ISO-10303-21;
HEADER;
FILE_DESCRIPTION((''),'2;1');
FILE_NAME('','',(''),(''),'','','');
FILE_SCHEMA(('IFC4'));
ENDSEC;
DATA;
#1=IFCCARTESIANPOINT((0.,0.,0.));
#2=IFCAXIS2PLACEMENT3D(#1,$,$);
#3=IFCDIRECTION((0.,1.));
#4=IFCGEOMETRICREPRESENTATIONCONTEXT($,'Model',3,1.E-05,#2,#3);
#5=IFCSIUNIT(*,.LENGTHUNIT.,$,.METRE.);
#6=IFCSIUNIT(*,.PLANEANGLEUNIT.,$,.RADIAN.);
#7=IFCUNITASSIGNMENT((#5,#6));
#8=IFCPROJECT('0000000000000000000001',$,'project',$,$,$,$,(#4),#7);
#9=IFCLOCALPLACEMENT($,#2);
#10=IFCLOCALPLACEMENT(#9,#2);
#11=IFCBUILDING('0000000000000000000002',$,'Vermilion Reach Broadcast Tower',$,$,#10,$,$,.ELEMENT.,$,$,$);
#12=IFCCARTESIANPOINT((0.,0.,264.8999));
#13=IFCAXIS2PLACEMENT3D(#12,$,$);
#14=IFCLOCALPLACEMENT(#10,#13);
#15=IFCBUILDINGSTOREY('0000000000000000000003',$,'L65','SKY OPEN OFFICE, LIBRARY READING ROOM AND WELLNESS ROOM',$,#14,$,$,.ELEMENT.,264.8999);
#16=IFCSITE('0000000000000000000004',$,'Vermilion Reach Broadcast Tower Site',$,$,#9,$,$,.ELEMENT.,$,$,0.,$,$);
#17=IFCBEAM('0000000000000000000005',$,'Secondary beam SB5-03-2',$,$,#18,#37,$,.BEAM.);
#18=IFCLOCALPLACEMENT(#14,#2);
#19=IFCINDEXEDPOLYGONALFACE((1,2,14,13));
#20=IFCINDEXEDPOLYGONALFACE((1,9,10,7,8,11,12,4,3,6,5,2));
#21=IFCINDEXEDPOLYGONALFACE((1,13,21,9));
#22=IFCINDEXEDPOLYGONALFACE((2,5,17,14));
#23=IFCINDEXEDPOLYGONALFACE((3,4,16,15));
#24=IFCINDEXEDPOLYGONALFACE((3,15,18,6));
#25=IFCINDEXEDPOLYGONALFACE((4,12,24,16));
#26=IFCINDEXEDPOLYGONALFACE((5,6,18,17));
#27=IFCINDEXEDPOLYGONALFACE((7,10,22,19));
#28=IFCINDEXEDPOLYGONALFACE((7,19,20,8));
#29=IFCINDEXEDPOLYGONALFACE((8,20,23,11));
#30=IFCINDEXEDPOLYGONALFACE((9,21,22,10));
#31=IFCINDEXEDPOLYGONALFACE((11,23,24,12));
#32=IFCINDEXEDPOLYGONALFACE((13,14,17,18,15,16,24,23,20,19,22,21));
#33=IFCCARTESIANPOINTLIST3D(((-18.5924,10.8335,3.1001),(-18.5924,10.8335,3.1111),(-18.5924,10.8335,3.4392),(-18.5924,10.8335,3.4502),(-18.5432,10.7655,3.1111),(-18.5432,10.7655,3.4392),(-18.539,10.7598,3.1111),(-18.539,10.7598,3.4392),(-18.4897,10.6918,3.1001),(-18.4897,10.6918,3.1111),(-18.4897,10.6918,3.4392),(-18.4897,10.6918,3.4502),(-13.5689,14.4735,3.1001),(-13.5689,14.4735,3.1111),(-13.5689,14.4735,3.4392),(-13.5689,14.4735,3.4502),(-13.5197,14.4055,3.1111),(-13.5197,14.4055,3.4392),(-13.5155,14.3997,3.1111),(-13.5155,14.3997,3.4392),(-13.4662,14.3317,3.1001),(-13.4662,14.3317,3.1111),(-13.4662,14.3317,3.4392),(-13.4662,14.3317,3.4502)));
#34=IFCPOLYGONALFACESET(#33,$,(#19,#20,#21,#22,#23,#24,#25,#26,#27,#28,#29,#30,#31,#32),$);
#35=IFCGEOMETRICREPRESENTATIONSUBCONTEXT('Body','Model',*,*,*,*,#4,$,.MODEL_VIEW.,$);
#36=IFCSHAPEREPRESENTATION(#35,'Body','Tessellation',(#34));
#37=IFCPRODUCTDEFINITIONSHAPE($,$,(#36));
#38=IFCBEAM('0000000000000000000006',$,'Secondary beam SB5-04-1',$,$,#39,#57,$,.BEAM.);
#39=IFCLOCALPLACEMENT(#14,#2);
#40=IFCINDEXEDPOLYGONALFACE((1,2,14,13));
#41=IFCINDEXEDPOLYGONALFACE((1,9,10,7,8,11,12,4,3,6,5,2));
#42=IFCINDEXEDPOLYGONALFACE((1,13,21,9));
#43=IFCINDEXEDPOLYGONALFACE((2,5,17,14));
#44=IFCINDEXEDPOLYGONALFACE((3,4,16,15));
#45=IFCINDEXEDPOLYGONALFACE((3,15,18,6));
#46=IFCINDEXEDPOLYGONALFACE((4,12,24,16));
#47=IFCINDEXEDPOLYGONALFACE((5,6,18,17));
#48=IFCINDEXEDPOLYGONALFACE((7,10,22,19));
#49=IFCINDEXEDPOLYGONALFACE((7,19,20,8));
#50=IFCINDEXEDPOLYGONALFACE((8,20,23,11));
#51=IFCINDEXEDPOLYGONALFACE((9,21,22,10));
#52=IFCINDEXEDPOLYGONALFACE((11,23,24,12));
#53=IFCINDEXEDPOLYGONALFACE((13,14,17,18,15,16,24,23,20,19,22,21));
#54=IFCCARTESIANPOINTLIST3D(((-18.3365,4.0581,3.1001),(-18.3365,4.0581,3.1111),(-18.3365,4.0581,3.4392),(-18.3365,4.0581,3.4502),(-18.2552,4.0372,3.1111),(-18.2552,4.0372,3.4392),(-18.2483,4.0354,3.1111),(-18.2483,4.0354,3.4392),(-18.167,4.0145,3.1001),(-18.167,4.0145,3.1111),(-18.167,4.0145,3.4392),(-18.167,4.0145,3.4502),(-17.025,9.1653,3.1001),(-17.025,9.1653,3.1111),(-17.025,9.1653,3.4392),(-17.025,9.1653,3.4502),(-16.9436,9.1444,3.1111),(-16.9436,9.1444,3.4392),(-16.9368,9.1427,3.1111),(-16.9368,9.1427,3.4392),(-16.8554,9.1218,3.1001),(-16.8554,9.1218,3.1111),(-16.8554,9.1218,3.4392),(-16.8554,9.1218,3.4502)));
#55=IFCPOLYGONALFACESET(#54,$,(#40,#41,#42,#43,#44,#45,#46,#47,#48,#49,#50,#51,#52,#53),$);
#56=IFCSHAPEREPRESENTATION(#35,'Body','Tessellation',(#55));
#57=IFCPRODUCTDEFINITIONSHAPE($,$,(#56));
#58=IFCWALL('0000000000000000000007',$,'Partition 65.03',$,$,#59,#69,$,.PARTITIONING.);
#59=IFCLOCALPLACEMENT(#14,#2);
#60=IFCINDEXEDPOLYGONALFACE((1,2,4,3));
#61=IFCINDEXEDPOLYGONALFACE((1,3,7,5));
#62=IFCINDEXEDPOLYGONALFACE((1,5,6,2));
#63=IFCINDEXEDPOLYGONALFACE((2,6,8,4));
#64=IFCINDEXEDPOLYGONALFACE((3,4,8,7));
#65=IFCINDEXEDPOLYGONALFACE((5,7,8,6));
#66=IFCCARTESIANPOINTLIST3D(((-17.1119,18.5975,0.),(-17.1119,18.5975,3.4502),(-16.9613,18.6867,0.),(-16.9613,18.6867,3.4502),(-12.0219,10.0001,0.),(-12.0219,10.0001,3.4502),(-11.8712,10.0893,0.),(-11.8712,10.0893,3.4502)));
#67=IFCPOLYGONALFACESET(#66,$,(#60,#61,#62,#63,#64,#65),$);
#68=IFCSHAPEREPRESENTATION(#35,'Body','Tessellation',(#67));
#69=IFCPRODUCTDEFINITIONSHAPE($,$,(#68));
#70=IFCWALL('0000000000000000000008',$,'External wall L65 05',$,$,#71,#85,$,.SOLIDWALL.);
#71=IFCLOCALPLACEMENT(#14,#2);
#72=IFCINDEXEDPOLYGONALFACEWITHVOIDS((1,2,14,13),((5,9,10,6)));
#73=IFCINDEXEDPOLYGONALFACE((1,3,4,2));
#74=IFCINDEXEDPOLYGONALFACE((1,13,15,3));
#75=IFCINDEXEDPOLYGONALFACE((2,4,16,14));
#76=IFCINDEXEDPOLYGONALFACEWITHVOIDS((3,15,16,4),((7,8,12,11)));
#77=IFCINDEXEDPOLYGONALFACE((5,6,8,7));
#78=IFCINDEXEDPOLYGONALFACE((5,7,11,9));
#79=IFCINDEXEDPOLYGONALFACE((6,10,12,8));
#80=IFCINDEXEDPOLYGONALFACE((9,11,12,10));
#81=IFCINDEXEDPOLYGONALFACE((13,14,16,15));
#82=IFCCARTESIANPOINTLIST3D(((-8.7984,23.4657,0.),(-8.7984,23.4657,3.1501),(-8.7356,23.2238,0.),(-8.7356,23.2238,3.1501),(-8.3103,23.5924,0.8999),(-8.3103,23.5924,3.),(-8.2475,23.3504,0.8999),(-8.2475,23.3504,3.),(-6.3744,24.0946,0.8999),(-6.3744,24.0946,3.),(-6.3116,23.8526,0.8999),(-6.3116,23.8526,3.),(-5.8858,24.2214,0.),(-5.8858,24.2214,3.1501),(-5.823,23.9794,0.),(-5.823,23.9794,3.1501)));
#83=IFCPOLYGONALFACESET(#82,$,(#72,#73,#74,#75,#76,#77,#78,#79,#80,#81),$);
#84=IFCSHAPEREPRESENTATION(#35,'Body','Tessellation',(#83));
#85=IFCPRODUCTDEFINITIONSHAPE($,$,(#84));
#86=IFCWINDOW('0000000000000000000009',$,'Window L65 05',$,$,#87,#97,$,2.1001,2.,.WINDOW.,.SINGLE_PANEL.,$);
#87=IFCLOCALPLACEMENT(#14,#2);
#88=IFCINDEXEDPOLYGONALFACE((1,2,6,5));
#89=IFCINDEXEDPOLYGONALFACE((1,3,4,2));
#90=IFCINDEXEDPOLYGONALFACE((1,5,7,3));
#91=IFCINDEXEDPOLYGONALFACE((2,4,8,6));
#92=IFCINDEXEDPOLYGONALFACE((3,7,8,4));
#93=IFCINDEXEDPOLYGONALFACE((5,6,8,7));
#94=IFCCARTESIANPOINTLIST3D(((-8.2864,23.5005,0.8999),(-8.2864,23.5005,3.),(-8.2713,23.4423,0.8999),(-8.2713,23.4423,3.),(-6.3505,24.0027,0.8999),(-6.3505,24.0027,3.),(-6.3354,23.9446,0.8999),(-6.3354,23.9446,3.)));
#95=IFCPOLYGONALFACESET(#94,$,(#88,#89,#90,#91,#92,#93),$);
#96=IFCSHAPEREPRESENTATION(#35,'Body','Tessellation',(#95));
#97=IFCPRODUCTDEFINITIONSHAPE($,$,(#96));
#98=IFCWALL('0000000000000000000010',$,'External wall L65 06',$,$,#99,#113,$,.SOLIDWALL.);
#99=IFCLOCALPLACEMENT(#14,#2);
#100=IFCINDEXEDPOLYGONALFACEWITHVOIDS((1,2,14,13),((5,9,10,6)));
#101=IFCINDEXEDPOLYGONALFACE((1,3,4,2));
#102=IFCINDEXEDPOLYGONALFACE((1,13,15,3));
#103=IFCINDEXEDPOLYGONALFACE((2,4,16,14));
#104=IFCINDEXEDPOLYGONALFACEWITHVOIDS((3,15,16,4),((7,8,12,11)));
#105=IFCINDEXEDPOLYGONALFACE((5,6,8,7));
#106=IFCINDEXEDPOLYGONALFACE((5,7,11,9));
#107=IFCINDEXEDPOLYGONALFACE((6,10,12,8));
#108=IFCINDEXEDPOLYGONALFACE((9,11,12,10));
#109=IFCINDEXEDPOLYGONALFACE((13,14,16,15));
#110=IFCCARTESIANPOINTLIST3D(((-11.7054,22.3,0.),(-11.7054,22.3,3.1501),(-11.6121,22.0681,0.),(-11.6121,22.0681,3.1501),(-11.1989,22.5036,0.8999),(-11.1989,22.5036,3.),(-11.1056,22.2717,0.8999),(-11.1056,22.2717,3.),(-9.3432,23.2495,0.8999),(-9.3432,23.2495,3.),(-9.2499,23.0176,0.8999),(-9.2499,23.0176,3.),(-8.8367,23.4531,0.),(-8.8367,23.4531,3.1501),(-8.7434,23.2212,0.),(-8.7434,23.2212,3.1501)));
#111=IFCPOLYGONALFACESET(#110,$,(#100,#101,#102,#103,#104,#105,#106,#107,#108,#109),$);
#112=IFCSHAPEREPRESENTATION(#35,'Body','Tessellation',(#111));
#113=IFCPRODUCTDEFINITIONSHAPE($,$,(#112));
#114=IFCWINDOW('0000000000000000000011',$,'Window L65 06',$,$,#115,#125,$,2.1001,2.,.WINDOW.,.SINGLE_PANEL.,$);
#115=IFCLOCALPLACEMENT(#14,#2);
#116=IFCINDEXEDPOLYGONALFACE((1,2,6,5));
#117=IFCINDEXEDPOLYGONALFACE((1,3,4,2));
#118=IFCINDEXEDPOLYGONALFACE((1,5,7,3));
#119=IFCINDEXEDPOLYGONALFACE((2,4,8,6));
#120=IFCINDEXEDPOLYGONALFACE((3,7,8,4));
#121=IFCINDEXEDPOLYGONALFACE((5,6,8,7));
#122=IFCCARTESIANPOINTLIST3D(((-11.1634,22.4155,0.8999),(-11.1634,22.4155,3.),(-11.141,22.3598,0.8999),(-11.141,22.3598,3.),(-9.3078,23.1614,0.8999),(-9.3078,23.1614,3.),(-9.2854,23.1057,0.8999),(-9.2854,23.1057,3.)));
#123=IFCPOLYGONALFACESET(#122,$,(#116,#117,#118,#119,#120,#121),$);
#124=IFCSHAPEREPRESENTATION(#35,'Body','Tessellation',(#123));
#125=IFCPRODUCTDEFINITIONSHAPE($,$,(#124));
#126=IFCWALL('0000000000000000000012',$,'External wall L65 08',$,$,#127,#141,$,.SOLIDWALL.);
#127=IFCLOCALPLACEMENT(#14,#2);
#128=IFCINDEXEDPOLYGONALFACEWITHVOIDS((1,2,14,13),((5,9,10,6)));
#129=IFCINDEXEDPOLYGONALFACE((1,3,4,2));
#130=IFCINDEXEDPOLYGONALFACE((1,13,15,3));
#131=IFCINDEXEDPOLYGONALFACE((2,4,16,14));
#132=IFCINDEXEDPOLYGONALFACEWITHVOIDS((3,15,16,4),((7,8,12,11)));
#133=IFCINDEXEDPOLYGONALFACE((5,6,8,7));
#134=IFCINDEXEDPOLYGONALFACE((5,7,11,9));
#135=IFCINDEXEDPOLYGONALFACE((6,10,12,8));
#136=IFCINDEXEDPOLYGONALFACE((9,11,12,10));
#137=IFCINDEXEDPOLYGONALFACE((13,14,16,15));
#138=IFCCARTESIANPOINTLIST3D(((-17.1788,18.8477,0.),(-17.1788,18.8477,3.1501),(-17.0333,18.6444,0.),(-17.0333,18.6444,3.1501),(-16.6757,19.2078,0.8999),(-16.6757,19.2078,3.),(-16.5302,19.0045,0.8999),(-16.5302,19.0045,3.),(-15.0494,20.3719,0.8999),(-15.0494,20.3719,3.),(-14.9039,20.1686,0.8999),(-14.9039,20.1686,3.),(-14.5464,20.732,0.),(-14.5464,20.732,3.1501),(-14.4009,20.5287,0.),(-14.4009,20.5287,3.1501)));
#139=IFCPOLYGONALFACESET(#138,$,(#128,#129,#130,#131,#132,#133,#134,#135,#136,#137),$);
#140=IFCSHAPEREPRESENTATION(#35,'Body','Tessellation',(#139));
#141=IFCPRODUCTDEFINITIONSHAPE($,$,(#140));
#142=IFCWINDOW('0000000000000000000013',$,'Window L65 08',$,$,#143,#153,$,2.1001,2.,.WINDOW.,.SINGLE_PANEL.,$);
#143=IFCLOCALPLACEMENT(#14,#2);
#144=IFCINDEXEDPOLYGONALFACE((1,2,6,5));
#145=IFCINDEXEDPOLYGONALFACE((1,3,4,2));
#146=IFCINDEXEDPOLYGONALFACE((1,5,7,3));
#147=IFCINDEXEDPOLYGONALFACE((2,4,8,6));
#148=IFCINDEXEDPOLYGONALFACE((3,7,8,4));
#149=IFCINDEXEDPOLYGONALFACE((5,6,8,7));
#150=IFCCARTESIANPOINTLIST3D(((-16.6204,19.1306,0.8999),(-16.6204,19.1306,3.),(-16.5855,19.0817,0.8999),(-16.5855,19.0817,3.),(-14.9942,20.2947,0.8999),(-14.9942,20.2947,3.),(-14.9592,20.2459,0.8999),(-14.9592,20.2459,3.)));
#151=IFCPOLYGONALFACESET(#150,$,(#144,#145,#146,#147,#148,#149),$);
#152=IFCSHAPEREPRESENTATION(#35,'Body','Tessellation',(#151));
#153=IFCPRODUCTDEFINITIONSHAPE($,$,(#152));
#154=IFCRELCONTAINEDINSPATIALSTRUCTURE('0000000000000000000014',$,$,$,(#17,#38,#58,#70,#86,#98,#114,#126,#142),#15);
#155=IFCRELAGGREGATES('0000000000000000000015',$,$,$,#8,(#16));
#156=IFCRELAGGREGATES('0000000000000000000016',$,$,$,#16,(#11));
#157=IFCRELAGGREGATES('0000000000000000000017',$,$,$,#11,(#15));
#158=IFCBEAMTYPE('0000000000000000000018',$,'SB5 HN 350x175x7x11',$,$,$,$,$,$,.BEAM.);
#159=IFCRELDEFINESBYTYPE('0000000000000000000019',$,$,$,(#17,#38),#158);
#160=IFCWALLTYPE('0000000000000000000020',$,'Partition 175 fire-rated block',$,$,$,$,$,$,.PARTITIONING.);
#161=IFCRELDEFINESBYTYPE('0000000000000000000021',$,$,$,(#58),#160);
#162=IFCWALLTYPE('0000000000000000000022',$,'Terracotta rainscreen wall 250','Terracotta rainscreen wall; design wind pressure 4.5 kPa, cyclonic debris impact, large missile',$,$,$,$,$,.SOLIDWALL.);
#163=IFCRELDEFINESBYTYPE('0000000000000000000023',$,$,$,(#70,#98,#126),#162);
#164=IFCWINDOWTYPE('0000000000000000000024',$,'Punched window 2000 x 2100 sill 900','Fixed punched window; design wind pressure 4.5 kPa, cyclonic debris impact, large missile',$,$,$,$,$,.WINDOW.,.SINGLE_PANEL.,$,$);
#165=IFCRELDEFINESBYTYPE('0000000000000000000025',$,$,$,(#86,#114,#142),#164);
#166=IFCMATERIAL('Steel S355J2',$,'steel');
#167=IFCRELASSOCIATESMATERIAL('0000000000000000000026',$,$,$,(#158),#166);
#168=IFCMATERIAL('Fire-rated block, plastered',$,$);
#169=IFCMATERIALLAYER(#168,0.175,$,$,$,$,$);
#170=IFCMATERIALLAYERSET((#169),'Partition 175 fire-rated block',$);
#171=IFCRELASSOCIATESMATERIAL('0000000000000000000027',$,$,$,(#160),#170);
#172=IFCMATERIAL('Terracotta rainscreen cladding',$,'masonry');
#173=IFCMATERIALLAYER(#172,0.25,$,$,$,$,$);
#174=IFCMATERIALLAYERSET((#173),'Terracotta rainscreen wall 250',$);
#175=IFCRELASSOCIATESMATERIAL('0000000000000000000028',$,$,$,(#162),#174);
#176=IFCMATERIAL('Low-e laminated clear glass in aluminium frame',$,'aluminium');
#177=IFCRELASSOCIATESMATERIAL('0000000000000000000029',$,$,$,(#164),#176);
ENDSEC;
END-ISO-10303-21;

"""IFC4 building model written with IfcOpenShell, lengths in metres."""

from ifc_helpers import new_model, si_unit, direction, frame, frame_2d, origin, origin_2d, place, context, subcontext, project, spatial, rectangle, i_section, extrude, material, layer, layer_set, material_profile, profile_set, type_object, element, fill, save


model = new_model("IFC4")

# Units and contexts
model_context = context("Model", 3, precision=1e-05, world=origin(), true_north=direction((0.0, 1.0)))
body_context = subcontext(model_context, "Body", "Model", "MODEL_VIEW")
ifc_project = project(units=[si_unit("LENGTHUNIT", "METRE"), si_unit("PLANEANGLEUNIT", "RADIAN")], contexts=[model_context])

# Site, building, storey
site_placement = place(None, origin())
site = spatial("IfcSite", under=ifc_project, at=site_placement, Name="Vermilion Reach Broadcast Tower Site", CompositionType="ELEMENT", RefElevation=0.0)
building_placement = place(site_placement, origin())
building = spatial("IfcBuilding", under=site, at=building_placement, Name="Vermilion Reach Broadcast Tower", CompositionType="ELEMENT")
storey_placement = place(building_placement, frame((0.0, 0.0, 264.8999)))
storey = spatial("IfcBuildingStorey", under=building, at=storey_placement, Name="L65", Description="SKY OPEN OFFICE, LIBRARY READING ROOM AND WELLNESS ROOM", CompositionType="ELEMENT", Elevation=264.8999)

# Beams
ifc_material_1 = material(Name="Steel S355J2", Category="steel")
ifc_material_profile_1 = material_profile(ifc_material_1, i_section(OverallWidth=0.175, OverallDepth=0.3501, WebThickness=0.0071, FlangeThickness=0.011, at=origin_2d()), Name="S355J2 HN 350x175x7x11")
ifc_profile_set_1 = profile_set([ifc_material_profile_1], Name="Steel S355J2")
beam_type_1 = type_object("IfcBeamType", Name="SB5 HN 350x175x7x11", PredefinedType="BEAM", material=ifc_profile_set_1)
beam_1_placement = place(storey_placement, frame((-13.5176, 14.4026, 3.2751), z_axis=(-0.809771, -0.586746, 0.0), x_axis=(0.586746, -0.809771, 0.0)))
element("IfcBeam", 1, at=beam_1_placement, inside=storey, type_object=beam_type_1, Name="Secondary beam SB5-03-2", PredefinedType="BEAM", context=body_context, shape_type="SweptSolid", body=[
    extrude(i_section(OverallWidth=0.175, OverallDepth=0.3501, WebThickness=0.0071, FlangeThickness=0.011, at=origin_2d()), origin(), (0.0, 0.0, 1.0), 6.2036),
])
beam_2_placement = place(storey_placement, frame((-16.9402, 9.1436, 3.2751), z_axis=(-0.24873, -0.968573, 0.0), x_axis=(0.968573, -0.24873, 0.0)))
element("IfcBeam", 2, at=beam_2_placement, inside=storey, type_object=beam_type_1, Name="Secondary beam SB5-04-1", PredefinedType="BEAM", context=body_context, shape_type="SweptSolid", body=[
    extrude(i_section(OverallWidth=0.175, OverallDepth=0.3501, WebThickness=0.0071, FlangeThickness=0.011, at=origin_2d()), origin(), (0.0, 0.0, 1.0), 5.2729),
])

# Wall
ifc_material_2 = material(Name="Fire-rated block, plastered")
ifc_layer_1 = layer(ifc_material_2, 0.175)
ifc_layer_set_1 = layer_set([ifc_layer_1], Name="Partition 175 fire-rated block")
wall_type_1 = type_object("IfcWallType", Name="Partition 175 fire-rated block", PredefinedType="PARTITIONING", material=ifc_layer_set_1)
wall_1_placement = place(storey_placement, frame((-17.0366, 18.6421, 0.0), z_axis=(0.0, 0.0, 1.0), x_axis=(0.509456, -0.860497, 0.0)))
element("IfcWall", 3, at=wall_1_placement, inside=storey, type_object=wall_type_1, Name="Partition 65.03", PredefinedType="PARTITIONING", context=body_context, shape_type="SweptSolid", body=[
    extrude(rectangle(XDim=9.9912, YDim=0.175, at=frame_2d((4.9956, 0.0))), origin(), (0.0, 0.0, 1.0), 3.4502),
])

# Walls, openings, windows
ifc_material_3 = material(Name="Terracotta rainscreen cladding", Category="masonry")
ifc_layer_2 = layer(ifc_material_3, 0.25)
ifc_layer_set_2 = layer_set([ifc_layer_2], Name="Terracotta rainscreen wall 250")
wall_type_2 = type_object("IfcWallType", Name="Terracotta rainscreen wall 250", Description="Terracotta rainscreen wall; design wind pressure 4.5 kPa, cyclonic debris impact, large missile", PredefinedType="SOLIDWALL", material=ifc_layer_set_2)
wall_2_placement = place(storey_placement, frame((-5.8545, 24.1003, 0.0), z_axis=(0.0, 0.0, 1.0), x_axis=(-0.967957, -0.251117, 0.0)))
wall_2 = element("IfcWall", 4, at=wall_2_placement, inside=storey, type_object=wall_type_2, Name="External wall L65 05", PredefinedType="SOLIDWALL", context=body_context, shape_type="SweptSolid", body=[
    extrude(rectangle(XDim=3.009, YDim=0.25, at=frame_2d((1.5044, 0.0))), origin(), (0.0, 0.0, 1.0), 3.1501),
])
opening_1_placement = place(wall_2_placement, frame((0.5046, 0.0, 0.8999)))
opening_1 = element("IfcOpeningElement", 5, at=opening_1_placement, cuts=wall_2, PredefinedType="OPENING", context=body_context, shape_type="SweptSolid", body=[
    extrude(rectangle(XDim=2.0, YDim=2.1001, at=frame_2d((1.0, 1.05))), frame((0.0, 0.135, 0.0), z_axis=(0.0, -1.0, 0.0), x_axis=(1.0, 0.0, 0.0)), (0.0, 0.0, 1.0), 0.27),
])
ifc_material_4 = material(Name="Low-e laminated clear glass in aluminium frame", Category="aluminium")
window_type = type_object("IfcWindowType", Name="Punched window 2000 x 2100 sill 900", Description="Fixed punched window; design wind pressure 4.5 kPa, cyclonic debris impact, large missile", PartitioningType="SINGLE_PANEL", PredefinedType="WINDOW", material=ifc_material_4)
window_1_placement = place(opening_1_placement, origin())
window_1 = element("IfcWindow", 6, at=window_1_placement, inside=storey, type_object=window_type, Name="Window L65 05", OverallHeight=2.1001, OverallWidth=2.0, PartitioningType="SINGLE_PANEL", PredefinedType="WINDOW", context=body_context, shape_type="SweptSolid", body=[
    extrude(rectangle(XDim=2.0, YDim=2.1001, at=frame_2d((1.0, 1.05))), frame((0.0, 0.03, 0.0), z_axis=(0.0, -1.0, 0.0), x_axis=(1.0, 0.0, 0.0)), (0.0, 0.0, 1.0), 0.0601),
])
fill(opening_1, window_1)
wall_3_placement = place(storey_placement, frame((-8.79, 23.3372, 0.0), z_axis=(0.0, 0.0, 1.0), x_axis=(-0.927849, -0.372956, 0.0)))
wall_3 = element("IfcWall", 7, at=wall_3_placement, inside=storey, type_object=wall_type_2, Name="External wall L65 06", PredefinedType="SOLIDWALL", context=body_context, shape_type="SweptSolid", body=[
    extrude(rectangle(XDim=3.0918, YDim=0.25, at=frame_2d((1.5459, 0.0))), origin(), (0.0, 0.0, 1.0), 3.1501),
])
opening_2_placement = place(wall_3_placement, frame((0.5459, 0.0, 0.8999)))
opening_2 = element("IfcOpeningElement", 8, at=opening_2_placement, cuts=wall_3, PredefinedType="OPENING", context=body_context, shape_type="SweptSolid", body=[
    extrude(rectangle(XDim=2.0, YDim=2.1001, at=frame_2d((1.0, 1.05))), frame((0.0, 0.135, 0.0), z_axis=(0.0, -1.0, 0.0), x_axis=(1.0, 0.0, 0.0)), (0.0, 0.0, 1.0), 0.27),
])
window_2_placement = place(opening_2_placement, origin())
window_2 = element("IfcWindow", 9, at=window_2_placement, inside=storey, type_object=window_type, Name="Window L65 06", OverallHeight=2.1001, OverallWidth=2.0, PartitioningType="SINGLE_PANEL", PredefinedType="WINDOW", context=body_context, shape_type="SweptSolid", body=[
    extrude(rectangle(XDim=2.0, YDim=2.1001, at=frame_2d((1.0, 1.05))), frame((0.0, 0.03, 0.0), z_axis=(0.0, -1.0, 0.0), x_axis=(1.0, 0.0, 0.0)), (0.0, 0.0, 1.0), 0.0601),
])
fill(opening_2, window_2)

# Wall, opening, window
wall_4_placement = place(storey_placement, frame((-14.4736, 20.6304, 0.0), z_axis=(0.0, 0.0, 1.0), x_axis=(-0.813142, -0.582065, 0.0)))
wall_4 = element("IfcWall", 10, at=wall_4_placement, inside=storey, type_object=wall_type_2, Name="External wall L65 08", PredefinedType="SOLIDWALL", context=body_context, shape_type="SweptSolid", body=[
    extrude(rectangle(XDim=3.2373, YDim=0.25, at=frame_2d((1.6187, 0.0))), origin(), (0.0, 0.0, 1.0), 3.1501),
])
opening_3_placement = place(wall_4_placement, frame((0.6187, 0.0, 0.8999)))
opening_3 = element("IfcOpeningElement", 11, at=opening_3_placement, cuts=wall_4, PredefinedType="OPENING", context=body_context, shape_type="SweptSolid", body=[
    extrude(rectangle(XDim=2.0, YDim=2.1001, at=frame_2d((1.0, 1.05))), frame((0.0, 0.135, 0.0), z_axis=(0.0, -1.0, 0.0), x_axis=(1.0, 0.0, 0.0)), (0.0, 0.0, 1.0), 0.27),
])
window_3_placement = place(opening_3_placement, origin())
window_3 = element("IfcWindow", 12, at=window_3_placement, inside=storey, type_object=window_type, Name="Window L65 08", OverallHeight=2.1001, OverallWidth=2.0, PartitioningType="SINGLE_PANEL", PredefinedType="WINDOW", context=body_context, shape_type="SweptSolid", body=[
    extrude(rectangle(XDim=2.0, YDim=2.1001, at=frame_2d((1.0, 1.05))), frame((0.0, 0.03, 0.0), z_axis=(0.0, -1.0, 0.0), x_axis=(1.0, 0.0, 0.0)), (0.0, 0.0, 1.0), 0.0601),
])
fill(opening_3, window_3)

save(model, "model.ifc")
